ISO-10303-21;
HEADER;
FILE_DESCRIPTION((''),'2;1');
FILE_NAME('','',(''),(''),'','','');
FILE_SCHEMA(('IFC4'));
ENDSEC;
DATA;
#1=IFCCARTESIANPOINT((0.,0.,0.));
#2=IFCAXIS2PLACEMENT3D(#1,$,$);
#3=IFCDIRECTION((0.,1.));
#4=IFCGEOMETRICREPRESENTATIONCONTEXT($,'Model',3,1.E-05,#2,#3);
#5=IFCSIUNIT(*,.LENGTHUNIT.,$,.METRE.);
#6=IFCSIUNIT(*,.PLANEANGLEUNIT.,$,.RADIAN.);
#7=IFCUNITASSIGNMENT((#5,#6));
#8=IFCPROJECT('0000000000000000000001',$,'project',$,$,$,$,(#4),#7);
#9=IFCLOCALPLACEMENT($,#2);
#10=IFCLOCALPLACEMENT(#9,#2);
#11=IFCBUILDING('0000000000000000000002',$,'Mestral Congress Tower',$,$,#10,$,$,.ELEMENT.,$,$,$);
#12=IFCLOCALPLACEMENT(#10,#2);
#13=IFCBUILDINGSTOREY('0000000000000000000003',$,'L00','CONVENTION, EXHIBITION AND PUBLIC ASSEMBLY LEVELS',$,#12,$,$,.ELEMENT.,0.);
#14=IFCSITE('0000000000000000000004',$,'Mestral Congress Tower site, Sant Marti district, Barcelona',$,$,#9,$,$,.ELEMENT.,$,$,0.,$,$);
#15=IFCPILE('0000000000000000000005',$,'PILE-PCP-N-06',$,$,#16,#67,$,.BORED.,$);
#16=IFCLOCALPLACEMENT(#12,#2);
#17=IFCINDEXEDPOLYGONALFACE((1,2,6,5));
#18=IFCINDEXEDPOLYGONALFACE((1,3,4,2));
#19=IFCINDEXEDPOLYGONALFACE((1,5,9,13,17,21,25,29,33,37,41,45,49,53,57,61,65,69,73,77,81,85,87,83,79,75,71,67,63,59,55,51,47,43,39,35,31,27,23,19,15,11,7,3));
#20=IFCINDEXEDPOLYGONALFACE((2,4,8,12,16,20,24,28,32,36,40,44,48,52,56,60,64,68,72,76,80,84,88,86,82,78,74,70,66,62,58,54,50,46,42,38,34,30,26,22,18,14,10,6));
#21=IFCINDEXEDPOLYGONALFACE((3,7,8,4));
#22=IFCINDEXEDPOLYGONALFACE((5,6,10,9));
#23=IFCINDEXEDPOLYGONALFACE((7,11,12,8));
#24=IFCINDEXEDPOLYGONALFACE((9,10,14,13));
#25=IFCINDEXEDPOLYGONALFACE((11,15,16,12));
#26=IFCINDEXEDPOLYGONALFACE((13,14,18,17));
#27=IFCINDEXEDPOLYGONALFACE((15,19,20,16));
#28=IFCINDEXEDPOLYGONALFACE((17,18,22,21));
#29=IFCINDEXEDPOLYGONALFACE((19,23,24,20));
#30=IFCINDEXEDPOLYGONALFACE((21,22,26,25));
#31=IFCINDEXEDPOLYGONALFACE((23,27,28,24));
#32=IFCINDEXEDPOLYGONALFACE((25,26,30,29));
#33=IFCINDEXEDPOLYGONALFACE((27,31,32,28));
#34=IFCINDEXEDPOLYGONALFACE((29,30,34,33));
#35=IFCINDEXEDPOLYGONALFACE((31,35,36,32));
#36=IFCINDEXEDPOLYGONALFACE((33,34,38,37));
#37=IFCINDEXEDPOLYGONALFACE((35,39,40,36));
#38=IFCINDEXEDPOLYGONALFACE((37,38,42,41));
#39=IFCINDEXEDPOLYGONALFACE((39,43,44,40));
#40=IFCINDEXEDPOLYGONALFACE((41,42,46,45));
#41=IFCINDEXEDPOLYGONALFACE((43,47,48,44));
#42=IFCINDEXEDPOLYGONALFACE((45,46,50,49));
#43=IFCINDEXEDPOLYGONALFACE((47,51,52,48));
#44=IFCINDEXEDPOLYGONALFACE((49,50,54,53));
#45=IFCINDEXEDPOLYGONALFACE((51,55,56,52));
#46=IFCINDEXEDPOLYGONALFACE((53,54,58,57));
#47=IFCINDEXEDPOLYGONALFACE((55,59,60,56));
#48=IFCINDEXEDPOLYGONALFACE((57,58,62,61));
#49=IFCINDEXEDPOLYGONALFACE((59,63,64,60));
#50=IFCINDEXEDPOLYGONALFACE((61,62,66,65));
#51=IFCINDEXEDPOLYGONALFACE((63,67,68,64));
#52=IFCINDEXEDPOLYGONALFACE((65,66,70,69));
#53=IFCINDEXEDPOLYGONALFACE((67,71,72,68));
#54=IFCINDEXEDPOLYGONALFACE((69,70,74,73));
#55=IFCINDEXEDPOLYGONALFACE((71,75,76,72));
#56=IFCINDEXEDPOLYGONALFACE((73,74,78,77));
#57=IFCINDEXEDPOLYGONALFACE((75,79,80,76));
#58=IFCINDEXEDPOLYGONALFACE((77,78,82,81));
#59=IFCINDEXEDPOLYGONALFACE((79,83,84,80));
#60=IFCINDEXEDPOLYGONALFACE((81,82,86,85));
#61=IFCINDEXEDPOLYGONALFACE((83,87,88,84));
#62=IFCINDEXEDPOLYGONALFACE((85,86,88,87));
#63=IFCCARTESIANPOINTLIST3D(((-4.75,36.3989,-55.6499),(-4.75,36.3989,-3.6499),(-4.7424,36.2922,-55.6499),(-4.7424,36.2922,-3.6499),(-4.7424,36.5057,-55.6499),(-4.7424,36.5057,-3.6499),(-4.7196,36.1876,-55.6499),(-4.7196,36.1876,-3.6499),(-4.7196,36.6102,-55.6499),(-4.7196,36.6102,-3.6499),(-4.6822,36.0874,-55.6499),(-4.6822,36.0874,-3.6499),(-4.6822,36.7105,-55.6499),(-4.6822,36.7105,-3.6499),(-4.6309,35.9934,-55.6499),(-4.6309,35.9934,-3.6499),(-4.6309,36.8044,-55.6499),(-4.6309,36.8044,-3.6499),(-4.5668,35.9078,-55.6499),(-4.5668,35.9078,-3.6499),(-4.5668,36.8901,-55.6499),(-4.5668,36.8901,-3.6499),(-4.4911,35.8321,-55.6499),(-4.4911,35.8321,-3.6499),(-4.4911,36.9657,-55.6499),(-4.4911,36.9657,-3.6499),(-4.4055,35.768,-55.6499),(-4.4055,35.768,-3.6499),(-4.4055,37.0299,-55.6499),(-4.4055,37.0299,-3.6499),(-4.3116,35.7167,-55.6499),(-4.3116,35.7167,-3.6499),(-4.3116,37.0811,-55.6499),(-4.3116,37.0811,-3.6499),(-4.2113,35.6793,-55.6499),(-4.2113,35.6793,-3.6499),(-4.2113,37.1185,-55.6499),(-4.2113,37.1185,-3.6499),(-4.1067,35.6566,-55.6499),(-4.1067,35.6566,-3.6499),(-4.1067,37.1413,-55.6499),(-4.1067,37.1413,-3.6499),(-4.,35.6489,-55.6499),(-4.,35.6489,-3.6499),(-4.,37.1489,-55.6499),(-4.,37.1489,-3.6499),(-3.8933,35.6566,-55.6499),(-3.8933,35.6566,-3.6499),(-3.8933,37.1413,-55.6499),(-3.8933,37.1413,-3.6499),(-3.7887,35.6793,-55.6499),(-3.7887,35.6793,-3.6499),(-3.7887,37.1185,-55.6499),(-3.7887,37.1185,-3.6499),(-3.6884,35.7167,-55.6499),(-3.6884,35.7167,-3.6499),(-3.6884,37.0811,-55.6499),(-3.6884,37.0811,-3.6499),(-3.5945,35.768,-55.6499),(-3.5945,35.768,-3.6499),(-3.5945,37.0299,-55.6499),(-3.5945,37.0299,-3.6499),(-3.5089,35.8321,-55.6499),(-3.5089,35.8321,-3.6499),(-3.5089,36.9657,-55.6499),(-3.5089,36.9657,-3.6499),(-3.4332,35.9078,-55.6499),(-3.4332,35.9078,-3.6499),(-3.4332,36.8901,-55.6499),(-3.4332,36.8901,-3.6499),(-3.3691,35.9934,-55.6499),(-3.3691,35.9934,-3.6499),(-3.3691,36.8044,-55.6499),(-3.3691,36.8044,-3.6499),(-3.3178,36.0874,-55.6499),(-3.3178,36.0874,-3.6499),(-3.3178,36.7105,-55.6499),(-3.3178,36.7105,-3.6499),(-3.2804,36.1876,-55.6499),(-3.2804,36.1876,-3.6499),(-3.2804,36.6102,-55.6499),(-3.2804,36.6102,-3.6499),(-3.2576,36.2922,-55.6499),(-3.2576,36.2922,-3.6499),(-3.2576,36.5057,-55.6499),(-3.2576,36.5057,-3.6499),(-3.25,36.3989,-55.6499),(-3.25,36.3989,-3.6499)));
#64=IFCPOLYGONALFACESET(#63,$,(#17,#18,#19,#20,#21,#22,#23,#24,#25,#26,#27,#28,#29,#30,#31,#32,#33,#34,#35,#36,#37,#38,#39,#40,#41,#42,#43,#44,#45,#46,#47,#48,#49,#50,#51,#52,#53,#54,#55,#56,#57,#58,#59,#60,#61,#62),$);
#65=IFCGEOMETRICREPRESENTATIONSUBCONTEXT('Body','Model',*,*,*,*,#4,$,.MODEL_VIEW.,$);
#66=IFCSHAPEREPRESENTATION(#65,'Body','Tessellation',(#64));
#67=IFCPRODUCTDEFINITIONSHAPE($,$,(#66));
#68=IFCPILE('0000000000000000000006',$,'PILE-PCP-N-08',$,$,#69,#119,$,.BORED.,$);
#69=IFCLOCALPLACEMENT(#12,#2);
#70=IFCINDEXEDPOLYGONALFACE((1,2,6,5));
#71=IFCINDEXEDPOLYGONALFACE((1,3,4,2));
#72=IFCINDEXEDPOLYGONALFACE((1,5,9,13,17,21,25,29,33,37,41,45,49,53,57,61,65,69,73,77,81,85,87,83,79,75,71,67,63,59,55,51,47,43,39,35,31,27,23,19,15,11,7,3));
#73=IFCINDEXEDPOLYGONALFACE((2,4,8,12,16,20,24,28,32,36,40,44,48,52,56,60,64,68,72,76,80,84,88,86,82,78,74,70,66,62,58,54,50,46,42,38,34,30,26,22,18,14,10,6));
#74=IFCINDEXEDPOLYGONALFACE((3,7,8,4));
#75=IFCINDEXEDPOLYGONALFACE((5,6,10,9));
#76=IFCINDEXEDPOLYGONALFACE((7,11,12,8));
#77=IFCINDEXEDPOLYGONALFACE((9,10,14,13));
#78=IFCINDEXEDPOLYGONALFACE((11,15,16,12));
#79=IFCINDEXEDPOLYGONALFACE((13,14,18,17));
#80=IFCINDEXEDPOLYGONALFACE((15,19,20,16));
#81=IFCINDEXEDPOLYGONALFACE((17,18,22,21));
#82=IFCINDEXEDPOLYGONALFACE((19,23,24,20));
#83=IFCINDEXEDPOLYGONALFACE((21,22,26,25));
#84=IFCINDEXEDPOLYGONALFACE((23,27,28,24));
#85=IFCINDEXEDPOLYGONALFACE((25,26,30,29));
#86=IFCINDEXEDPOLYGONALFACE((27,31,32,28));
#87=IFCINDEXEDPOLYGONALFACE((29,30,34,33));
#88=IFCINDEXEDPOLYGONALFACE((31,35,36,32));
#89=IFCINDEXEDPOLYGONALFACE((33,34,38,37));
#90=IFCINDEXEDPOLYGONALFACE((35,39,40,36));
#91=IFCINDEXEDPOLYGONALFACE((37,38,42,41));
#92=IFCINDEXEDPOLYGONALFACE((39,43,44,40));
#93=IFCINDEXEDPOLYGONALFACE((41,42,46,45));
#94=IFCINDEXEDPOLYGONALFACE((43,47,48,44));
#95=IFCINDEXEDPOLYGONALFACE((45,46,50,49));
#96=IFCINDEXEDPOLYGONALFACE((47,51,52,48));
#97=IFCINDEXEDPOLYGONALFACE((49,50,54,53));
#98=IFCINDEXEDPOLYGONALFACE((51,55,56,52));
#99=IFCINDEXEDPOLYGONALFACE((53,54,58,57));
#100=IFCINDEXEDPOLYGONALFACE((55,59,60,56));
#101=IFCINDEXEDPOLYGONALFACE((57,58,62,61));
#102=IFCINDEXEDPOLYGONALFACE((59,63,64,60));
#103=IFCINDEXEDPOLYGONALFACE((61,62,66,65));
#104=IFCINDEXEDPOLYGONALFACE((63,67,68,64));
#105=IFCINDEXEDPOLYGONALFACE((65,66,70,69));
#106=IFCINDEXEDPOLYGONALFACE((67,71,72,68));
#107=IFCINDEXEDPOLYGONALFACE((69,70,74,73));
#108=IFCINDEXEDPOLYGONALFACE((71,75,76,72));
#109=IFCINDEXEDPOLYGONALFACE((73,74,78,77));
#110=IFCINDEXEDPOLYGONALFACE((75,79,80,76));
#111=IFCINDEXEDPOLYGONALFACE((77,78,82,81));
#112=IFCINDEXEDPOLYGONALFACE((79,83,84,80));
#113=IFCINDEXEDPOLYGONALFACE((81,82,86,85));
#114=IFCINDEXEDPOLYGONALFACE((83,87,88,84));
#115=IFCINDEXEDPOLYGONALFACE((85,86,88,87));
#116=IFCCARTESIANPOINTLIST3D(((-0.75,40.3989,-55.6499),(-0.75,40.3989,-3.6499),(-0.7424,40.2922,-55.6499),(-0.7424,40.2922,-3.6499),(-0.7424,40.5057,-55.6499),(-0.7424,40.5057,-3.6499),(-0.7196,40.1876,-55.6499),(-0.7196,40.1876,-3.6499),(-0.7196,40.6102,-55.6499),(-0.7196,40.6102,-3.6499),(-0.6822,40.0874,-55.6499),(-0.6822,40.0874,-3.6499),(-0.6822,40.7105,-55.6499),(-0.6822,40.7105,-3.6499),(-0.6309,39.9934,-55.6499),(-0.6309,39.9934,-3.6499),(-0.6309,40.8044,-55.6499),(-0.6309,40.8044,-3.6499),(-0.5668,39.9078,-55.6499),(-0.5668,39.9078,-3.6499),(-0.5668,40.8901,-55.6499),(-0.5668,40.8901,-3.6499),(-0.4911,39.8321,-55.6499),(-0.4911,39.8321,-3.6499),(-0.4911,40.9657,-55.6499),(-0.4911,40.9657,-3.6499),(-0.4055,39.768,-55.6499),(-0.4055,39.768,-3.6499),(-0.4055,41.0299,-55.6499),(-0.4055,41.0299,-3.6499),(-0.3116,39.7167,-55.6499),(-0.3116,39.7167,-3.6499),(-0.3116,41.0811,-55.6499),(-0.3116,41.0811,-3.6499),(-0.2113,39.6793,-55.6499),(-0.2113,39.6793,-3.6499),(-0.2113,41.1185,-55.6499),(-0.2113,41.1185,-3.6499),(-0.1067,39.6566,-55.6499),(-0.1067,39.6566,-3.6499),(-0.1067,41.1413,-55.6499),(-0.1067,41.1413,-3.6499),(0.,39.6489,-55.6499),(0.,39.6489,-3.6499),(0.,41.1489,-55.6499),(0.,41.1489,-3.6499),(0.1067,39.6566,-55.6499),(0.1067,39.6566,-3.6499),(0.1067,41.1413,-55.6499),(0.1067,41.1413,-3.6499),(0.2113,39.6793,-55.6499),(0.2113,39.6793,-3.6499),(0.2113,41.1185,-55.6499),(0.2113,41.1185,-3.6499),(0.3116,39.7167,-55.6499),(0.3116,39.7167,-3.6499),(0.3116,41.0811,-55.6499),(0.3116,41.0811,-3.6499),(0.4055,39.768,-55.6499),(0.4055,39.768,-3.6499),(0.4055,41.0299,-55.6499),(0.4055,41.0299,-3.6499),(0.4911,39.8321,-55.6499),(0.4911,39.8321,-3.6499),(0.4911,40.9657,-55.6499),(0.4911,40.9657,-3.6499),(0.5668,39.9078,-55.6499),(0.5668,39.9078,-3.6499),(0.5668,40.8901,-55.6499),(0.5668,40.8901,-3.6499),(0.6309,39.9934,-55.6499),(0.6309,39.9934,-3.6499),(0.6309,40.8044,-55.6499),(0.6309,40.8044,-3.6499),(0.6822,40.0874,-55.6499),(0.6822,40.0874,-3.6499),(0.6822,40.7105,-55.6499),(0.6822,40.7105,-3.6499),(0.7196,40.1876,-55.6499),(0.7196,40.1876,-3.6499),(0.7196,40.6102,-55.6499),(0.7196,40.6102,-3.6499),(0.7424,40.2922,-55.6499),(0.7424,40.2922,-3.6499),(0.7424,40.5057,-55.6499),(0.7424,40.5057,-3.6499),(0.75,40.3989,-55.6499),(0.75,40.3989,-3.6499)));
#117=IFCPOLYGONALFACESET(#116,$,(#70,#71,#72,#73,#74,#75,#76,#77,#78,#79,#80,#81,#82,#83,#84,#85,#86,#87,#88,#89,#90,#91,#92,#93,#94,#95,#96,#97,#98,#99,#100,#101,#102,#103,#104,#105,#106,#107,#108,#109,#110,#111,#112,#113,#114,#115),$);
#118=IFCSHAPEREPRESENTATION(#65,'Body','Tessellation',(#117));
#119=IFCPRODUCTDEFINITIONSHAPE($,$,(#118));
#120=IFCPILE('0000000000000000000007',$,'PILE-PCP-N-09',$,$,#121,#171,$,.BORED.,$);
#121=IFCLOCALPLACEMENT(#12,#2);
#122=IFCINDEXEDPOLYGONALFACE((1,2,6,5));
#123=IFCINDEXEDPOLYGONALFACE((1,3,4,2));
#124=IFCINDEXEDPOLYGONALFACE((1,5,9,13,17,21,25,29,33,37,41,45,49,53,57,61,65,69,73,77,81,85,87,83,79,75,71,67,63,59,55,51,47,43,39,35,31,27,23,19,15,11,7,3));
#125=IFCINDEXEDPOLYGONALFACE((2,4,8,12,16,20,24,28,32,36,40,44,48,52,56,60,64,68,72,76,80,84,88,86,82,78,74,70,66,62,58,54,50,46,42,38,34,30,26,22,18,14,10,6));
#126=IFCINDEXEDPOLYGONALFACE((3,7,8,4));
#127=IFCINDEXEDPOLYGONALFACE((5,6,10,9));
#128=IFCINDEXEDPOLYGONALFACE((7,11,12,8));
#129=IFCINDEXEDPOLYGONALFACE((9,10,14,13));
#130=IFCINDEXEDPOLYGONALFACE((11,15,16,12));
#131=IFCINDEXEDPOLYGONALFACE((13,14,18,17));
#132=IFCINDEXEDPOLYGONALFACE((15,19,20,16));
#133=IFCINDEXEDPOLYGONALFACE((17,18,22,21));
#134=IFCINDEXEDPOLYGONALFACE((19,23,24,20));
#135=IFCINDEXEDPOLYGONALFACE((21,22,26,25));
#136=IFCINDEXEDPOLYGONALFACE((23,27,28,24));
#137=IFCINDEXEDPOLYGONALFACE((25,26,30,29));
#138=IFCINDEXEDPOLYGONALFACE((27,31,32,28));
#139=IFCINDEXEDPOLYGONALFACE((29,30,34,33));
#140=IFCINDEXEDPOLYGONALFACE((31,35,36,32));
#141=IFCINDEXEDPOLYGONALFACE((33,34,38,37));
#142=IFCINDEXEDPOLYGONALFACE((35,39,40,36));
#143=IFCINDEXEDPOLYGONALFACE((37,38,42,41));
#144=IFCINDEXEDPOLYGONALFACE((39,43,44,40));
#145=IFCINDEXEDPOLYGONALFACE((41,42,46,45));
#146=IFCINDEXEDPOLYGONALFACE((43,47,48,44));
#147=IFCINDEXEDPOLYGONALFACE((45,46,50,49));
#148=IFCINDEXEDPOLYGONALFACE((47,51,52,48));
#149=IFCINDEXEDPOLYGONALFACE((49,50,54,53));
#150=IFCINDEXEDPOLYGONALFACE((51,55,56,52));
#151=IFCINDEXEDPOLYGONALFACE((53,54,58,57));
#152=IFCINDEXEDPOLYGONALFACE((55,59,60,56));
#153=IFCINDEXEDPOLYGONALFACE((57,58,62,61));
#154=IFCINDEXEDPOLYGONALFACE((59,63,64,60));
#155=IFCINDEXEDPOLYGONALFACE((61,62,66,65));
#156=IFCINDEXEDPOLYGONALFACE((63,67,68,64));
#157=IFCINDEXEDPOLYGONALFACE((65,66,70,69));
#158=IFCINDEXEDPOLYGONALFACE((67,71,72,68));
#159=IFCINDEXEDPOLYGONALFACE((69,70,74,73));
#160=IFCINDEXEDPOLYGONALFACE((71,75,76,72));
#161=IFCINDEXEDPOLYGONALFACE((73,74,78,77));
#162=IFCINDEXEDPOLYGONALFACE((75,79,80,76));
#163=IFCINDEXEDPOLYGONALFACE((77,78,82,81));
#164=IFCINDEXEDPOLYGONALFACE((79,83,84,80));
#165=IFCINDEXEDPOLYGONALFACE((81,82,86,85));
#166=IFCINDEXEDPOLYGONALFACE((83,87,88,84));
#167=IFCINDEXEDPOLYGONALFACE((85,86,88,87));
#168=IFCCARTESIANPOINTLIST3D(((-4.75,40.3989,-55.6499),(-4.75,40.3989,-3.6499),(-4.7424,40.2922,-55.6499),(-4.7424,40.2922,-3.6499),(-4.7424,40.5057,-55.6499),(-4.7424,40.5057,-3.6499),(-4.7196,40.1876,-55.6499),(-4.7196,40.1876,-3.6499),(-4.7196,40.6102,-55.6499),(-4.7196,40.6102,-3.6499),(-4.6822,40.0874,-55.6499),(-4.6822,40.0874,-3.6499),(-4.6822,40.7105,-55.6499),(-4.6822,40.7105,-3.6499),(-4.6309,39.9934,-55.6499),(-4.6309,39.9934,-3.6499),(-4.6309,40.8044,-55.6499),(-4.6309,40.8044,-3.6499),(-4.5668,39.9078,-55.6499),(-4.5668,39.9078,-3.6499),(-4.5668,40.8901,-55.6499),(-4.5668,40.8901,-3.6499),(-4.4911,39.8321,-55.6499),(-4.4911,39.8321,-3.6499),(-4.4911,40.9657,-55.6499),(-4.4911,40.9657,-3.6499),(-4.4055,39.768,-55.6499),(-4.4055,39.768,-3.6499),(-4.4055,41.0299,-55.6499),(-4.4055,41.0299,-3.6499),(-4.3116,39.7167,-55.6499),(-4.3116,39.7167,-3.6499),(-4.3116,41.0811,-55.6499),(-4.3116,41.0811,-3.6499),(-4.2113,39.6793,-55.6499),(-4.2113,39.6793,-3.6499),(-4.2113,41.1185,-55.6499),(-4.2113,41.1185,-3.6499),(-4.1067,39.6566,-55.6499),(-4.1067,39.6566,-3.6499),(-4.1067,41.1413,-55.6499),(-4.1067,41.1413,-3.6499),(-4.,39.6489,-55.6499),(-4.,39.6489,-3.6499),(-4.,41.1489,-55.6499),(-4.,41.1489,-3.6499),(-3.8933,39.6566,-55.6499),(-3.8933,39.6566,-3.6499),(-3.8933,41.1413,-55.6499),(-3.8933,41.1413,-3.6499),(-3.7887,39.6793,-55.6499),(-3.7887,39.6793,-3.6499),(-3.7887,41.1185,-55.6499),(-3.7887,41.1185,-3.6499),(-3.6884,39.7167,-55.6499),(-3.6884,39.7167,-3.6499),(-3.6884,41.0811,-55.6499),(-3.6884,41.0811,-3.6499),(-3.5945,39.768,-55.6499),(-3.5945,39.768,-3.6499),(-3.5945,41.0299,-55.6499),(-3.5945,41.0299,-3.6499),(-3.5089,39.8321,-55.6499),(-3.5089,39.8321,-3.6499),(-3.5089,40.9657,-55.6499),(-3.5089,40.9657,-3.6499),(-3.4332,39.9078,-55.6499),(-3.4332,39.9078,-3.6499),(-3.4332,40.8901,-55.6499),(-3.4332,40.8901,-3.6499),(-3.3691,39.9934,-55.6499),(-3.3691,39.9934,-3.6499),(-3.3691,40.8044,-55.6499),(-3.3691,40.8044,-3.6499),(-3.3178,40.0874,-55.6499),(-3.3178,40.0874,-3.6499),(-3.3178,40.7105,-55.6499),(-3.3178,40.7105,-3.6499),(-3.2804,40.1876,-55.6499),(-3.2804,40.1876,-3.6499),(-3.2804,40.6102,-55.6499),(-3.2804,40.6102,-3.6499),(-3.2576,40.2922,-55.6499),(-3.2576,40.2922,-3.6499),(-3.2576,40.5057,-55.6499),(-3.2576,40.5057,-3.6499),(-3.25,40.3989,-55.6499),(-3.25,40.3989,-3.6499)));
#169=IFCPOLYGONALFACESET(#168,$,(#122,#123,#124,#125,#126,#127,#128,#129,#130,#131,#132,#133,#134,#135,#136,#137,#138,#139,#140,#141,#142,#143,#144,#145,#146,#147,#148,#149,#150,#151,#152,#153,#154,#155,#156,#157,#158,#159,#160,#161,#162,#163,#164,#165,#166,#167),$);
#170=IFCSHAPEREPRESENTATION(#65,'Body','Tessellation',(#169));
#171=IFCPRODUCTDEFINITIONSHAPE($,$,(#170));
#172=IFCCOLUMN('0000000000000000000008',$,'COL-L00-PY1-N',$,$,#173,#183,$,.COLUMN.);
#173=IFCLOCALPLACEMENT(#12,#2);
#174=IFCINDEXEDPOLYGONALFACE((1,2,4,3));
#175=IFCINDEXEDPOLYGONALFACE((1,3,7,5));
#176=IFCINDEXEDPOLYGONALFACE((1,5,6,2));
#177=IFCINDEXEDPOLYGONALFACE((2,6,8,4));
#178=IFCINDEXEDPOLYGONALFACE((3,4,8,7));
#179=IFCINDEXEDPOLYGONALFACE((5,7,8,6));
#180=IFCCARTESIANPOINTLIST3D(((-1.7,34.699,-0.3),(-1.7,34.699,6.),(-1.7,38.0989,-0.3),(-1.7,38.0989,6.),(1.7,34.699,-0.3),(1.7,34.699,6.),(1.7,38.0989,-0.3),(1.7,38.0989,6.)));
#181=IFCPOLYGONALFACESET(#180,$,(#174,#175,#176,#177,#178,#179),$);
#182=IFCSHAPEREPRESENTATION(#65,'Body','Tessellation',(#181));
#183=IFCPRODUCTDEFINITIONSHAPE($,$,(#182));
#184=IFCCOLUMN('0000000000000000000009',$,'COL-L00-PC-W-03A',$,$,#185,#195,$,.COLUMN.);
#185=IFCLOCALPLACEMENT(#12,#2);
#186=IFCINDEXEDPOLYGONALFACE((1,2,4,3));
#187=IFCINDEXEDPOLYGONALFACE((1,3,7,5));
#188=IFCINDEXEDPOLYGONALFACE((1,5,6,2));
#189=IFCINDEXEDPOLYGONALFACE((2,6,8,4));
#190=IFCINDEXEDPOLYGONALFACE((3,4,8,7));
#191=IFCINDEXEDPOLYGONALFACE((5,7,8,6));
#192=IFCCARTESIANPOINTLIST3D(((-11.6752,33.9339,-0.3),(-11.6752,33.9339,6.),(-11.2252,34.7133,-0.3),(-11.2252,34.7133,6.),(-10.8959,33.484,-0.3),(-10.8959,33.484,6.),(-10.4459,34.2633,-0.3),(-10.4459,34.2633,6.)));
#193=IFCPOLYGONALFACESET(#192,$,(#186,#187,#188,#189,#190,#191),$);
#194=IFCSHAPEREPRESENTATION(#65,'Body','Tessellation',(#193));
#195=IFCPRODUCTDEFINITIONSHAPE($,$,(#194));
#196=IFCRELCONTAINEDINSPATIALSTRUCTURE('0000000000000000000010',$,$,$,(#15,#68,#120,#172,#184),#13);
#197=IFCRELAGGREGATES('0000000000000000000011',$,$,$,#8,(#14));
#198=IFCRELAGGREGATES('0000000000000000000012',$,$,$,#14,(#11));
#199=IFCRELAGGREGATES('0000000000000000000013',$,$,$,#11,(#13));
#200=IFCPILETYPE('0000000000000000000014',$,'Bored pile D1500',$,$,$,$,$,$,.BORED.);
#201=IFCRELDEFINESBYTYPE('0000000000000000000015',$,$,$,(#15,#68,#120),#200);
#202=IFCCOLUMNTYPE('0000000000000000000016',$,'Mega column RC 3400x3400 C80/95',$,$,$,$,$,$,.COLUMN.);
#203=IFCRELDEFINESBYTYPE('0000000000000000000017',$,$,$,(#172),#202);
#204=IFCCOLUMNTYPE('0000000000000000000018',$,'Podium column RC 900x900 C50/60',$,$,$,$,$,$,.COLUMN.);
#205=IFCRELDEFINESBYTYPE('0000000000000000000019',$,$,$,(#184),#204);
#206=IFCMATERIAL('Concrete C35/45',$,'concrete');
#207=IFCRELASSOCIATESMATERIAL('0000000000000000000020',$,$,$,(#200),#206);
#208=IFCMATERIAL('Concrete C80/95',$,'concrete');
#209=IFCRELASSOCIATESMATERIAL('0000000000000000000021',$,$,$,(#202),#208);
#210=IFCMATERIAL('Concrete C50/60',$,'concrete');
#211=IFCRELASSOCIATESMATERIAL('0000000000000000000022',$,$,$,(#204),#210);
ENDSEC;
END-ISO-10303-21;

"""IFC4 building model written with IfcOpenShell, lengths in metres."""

from ifc_helpers import new_model, si_unit, direction, frame, origin, origin_2d, place, context, subcontext, project, spatial, rectangle, circle, extrude, material, material_profile, profile_set, type_object, element, save


model = new_model("IFC4")

# Units and contexts
model_context = context("Model", 3, precision=1e-05, world=origin(), true_north=direction((0.0, 1.0)))
body_context = subcontext(model_context, "Body", "Model", "MODEL_VIEW")
ifc_project = project(units=[si_unit("LENGTHUNIT", "METRE"), si_unit("PLANEANGLEUNIT", "RADIAN")], contexts=[model_context])

# Site, building, storey
site_placement = place(None, origin())
site = spatial("IfcSite", under=ifc_project, at=site_placement, Name="Mestral Congress Tower site, Sant Marti district, Barcelona", CompositionType="ELEMENT", RefElevation=0.0)
building_placement = place(site_placement, origin())
building = spatial("IfcBuilding", under=site, at=building_placement, Name="Mestral Congress Tower", CompositionType="ELEMENT")
storey_placement = place(building_placement, origin())
storey = spatial("IfcBuildingStorey", under=building, at=storey_placement, Name="L00", Description="CONVENTION, EXHIBITION AND PUBLIC ASSEMBLY LEVELS", CompositionType="ELEMENT", Elevation=0.0)

# Piles
ifc_material_1 = material(Name="Concrete C35/45", Category="concrete")
ifc_material_profile_1 = material_profile(ifc_material_1, circle(Radius=0.75, at=origin_2d()), Name="D1500")
ifc_profile_set_1 = profile_set([ifc_material_profile_1], Name="Concrete C35/45")
pile_type_1 = type_object("IfcPileType", Name="Bored pile D1500", PredefinedType="BORED", material=ifc_profile_set_1)
for number, where, z_axis, x_axis, name in (
    (1, (-4.0, 36.3989, -3.6499), (0.0, 0.0, -1.0), (1.0, 0.0, 0.0), "PILE-PCP-N-06"),
    (2, (0.0, 40.3989, -3.6499), (0.0, 0.0, -1.0), (1.0, 0.0, 0.0), "PILE-PCP-N-08"),
    (3, (-4.0, 40.3989, -3.6499), (0.0, 0.0, -1.0), (1.0, 0.0, 0.0), "PILE-PCP-N-09"),
):
    element("IfcPile", number, at=place(storey_placement, frame(where, z_axis=z_axis, x_axis=x_axis)), inside=storey, type_object=pile_type_1, Name=name, PredefinedType="BORED", context=body_context, shape_type="SweptSolid", body=[
        extrude(circle(Radius=0.75, at=origin_2d()), origin(), (0.0, 0.0, 1.0), 52.0),
    ])

# Columns
ifc_material_2 = material(Name="Concrete C80/95", Category="concrete")
ifc_material_profile_2 = material_profile(ifc_material_2, rectangle(XDim=3.3999, YDim=3.3999, at=origin_2d()), Name="RC 3400x3400")
ifc_profile_set_2 = profile_set([ifc_material_profile_2], Name="Concrete C80/95")
column_type_1 = type_object("IfcColumnType", Name="Mega column RC 3400x3400 C80/95", PredefinedType="COLUMN", material=ifc_profile_set_2)
column_placement = place(storey_placement, frame((0.0, 36.3989, -0.3), z_axis=(0.0, 0.0, 1.0), x_axis=(0.0, 1.0, 0.0)))
element("IfcColumn", 4, at=column_placement, inside=storey, type_object=column_type_1, Name="COL-L00-PY1-N", PredefinedType="COLUMN", context=body_context, shape_type="SweptSolid", body=[
    extrude(rectangle(XDim=3.3999, YDim=3.3999, at=origin_2d()), origin(), (0.0, 0.0, 1.0), 6.3),
])
ifc_material_3 = material(Name="Concrete C50/60", Category="concrete")
ifc_material_profile_3 = material_profile(ifc_material_3, rectangle(XDim=0.8999, YDim=0.8999, at=origin_2d()), Name="RC 900x900")
ifc_profile_set_3 = profile_set([ifc_material_profile_3], Name="Concrete C50/60")
column_type_2 = type_object("IfcColumnType", Name="Podium column RC 900x900 C50/60", PredefinedType="COLUMN", material=ifc_profile_set_3)
for number, where, z_axis, x_axis, name in (
    (5, (-11.0605, 34.0986, -0.3), (0.0, 0.0, 1.0), (-0.5, -0.866025, 0.0), "COL-L00-PC-W-03A"),
):
    element("IfcColumn", number, at=place(storey_placement, frame(where, z_axis=z_axis, x_axis=x_axis)), inside=storey, type_object=column_type_2, Name=name, PredefinedType="COLUMN", context=body_context, shape_type="SweptSolid", body=[
        extrude(rectangle(XDim=0.8999, YDim=0.8999, at=origin_2d()), origin(), (0.0, 0.0, 1.0), 6.3),
    ])

save(model, "model.ifc")
